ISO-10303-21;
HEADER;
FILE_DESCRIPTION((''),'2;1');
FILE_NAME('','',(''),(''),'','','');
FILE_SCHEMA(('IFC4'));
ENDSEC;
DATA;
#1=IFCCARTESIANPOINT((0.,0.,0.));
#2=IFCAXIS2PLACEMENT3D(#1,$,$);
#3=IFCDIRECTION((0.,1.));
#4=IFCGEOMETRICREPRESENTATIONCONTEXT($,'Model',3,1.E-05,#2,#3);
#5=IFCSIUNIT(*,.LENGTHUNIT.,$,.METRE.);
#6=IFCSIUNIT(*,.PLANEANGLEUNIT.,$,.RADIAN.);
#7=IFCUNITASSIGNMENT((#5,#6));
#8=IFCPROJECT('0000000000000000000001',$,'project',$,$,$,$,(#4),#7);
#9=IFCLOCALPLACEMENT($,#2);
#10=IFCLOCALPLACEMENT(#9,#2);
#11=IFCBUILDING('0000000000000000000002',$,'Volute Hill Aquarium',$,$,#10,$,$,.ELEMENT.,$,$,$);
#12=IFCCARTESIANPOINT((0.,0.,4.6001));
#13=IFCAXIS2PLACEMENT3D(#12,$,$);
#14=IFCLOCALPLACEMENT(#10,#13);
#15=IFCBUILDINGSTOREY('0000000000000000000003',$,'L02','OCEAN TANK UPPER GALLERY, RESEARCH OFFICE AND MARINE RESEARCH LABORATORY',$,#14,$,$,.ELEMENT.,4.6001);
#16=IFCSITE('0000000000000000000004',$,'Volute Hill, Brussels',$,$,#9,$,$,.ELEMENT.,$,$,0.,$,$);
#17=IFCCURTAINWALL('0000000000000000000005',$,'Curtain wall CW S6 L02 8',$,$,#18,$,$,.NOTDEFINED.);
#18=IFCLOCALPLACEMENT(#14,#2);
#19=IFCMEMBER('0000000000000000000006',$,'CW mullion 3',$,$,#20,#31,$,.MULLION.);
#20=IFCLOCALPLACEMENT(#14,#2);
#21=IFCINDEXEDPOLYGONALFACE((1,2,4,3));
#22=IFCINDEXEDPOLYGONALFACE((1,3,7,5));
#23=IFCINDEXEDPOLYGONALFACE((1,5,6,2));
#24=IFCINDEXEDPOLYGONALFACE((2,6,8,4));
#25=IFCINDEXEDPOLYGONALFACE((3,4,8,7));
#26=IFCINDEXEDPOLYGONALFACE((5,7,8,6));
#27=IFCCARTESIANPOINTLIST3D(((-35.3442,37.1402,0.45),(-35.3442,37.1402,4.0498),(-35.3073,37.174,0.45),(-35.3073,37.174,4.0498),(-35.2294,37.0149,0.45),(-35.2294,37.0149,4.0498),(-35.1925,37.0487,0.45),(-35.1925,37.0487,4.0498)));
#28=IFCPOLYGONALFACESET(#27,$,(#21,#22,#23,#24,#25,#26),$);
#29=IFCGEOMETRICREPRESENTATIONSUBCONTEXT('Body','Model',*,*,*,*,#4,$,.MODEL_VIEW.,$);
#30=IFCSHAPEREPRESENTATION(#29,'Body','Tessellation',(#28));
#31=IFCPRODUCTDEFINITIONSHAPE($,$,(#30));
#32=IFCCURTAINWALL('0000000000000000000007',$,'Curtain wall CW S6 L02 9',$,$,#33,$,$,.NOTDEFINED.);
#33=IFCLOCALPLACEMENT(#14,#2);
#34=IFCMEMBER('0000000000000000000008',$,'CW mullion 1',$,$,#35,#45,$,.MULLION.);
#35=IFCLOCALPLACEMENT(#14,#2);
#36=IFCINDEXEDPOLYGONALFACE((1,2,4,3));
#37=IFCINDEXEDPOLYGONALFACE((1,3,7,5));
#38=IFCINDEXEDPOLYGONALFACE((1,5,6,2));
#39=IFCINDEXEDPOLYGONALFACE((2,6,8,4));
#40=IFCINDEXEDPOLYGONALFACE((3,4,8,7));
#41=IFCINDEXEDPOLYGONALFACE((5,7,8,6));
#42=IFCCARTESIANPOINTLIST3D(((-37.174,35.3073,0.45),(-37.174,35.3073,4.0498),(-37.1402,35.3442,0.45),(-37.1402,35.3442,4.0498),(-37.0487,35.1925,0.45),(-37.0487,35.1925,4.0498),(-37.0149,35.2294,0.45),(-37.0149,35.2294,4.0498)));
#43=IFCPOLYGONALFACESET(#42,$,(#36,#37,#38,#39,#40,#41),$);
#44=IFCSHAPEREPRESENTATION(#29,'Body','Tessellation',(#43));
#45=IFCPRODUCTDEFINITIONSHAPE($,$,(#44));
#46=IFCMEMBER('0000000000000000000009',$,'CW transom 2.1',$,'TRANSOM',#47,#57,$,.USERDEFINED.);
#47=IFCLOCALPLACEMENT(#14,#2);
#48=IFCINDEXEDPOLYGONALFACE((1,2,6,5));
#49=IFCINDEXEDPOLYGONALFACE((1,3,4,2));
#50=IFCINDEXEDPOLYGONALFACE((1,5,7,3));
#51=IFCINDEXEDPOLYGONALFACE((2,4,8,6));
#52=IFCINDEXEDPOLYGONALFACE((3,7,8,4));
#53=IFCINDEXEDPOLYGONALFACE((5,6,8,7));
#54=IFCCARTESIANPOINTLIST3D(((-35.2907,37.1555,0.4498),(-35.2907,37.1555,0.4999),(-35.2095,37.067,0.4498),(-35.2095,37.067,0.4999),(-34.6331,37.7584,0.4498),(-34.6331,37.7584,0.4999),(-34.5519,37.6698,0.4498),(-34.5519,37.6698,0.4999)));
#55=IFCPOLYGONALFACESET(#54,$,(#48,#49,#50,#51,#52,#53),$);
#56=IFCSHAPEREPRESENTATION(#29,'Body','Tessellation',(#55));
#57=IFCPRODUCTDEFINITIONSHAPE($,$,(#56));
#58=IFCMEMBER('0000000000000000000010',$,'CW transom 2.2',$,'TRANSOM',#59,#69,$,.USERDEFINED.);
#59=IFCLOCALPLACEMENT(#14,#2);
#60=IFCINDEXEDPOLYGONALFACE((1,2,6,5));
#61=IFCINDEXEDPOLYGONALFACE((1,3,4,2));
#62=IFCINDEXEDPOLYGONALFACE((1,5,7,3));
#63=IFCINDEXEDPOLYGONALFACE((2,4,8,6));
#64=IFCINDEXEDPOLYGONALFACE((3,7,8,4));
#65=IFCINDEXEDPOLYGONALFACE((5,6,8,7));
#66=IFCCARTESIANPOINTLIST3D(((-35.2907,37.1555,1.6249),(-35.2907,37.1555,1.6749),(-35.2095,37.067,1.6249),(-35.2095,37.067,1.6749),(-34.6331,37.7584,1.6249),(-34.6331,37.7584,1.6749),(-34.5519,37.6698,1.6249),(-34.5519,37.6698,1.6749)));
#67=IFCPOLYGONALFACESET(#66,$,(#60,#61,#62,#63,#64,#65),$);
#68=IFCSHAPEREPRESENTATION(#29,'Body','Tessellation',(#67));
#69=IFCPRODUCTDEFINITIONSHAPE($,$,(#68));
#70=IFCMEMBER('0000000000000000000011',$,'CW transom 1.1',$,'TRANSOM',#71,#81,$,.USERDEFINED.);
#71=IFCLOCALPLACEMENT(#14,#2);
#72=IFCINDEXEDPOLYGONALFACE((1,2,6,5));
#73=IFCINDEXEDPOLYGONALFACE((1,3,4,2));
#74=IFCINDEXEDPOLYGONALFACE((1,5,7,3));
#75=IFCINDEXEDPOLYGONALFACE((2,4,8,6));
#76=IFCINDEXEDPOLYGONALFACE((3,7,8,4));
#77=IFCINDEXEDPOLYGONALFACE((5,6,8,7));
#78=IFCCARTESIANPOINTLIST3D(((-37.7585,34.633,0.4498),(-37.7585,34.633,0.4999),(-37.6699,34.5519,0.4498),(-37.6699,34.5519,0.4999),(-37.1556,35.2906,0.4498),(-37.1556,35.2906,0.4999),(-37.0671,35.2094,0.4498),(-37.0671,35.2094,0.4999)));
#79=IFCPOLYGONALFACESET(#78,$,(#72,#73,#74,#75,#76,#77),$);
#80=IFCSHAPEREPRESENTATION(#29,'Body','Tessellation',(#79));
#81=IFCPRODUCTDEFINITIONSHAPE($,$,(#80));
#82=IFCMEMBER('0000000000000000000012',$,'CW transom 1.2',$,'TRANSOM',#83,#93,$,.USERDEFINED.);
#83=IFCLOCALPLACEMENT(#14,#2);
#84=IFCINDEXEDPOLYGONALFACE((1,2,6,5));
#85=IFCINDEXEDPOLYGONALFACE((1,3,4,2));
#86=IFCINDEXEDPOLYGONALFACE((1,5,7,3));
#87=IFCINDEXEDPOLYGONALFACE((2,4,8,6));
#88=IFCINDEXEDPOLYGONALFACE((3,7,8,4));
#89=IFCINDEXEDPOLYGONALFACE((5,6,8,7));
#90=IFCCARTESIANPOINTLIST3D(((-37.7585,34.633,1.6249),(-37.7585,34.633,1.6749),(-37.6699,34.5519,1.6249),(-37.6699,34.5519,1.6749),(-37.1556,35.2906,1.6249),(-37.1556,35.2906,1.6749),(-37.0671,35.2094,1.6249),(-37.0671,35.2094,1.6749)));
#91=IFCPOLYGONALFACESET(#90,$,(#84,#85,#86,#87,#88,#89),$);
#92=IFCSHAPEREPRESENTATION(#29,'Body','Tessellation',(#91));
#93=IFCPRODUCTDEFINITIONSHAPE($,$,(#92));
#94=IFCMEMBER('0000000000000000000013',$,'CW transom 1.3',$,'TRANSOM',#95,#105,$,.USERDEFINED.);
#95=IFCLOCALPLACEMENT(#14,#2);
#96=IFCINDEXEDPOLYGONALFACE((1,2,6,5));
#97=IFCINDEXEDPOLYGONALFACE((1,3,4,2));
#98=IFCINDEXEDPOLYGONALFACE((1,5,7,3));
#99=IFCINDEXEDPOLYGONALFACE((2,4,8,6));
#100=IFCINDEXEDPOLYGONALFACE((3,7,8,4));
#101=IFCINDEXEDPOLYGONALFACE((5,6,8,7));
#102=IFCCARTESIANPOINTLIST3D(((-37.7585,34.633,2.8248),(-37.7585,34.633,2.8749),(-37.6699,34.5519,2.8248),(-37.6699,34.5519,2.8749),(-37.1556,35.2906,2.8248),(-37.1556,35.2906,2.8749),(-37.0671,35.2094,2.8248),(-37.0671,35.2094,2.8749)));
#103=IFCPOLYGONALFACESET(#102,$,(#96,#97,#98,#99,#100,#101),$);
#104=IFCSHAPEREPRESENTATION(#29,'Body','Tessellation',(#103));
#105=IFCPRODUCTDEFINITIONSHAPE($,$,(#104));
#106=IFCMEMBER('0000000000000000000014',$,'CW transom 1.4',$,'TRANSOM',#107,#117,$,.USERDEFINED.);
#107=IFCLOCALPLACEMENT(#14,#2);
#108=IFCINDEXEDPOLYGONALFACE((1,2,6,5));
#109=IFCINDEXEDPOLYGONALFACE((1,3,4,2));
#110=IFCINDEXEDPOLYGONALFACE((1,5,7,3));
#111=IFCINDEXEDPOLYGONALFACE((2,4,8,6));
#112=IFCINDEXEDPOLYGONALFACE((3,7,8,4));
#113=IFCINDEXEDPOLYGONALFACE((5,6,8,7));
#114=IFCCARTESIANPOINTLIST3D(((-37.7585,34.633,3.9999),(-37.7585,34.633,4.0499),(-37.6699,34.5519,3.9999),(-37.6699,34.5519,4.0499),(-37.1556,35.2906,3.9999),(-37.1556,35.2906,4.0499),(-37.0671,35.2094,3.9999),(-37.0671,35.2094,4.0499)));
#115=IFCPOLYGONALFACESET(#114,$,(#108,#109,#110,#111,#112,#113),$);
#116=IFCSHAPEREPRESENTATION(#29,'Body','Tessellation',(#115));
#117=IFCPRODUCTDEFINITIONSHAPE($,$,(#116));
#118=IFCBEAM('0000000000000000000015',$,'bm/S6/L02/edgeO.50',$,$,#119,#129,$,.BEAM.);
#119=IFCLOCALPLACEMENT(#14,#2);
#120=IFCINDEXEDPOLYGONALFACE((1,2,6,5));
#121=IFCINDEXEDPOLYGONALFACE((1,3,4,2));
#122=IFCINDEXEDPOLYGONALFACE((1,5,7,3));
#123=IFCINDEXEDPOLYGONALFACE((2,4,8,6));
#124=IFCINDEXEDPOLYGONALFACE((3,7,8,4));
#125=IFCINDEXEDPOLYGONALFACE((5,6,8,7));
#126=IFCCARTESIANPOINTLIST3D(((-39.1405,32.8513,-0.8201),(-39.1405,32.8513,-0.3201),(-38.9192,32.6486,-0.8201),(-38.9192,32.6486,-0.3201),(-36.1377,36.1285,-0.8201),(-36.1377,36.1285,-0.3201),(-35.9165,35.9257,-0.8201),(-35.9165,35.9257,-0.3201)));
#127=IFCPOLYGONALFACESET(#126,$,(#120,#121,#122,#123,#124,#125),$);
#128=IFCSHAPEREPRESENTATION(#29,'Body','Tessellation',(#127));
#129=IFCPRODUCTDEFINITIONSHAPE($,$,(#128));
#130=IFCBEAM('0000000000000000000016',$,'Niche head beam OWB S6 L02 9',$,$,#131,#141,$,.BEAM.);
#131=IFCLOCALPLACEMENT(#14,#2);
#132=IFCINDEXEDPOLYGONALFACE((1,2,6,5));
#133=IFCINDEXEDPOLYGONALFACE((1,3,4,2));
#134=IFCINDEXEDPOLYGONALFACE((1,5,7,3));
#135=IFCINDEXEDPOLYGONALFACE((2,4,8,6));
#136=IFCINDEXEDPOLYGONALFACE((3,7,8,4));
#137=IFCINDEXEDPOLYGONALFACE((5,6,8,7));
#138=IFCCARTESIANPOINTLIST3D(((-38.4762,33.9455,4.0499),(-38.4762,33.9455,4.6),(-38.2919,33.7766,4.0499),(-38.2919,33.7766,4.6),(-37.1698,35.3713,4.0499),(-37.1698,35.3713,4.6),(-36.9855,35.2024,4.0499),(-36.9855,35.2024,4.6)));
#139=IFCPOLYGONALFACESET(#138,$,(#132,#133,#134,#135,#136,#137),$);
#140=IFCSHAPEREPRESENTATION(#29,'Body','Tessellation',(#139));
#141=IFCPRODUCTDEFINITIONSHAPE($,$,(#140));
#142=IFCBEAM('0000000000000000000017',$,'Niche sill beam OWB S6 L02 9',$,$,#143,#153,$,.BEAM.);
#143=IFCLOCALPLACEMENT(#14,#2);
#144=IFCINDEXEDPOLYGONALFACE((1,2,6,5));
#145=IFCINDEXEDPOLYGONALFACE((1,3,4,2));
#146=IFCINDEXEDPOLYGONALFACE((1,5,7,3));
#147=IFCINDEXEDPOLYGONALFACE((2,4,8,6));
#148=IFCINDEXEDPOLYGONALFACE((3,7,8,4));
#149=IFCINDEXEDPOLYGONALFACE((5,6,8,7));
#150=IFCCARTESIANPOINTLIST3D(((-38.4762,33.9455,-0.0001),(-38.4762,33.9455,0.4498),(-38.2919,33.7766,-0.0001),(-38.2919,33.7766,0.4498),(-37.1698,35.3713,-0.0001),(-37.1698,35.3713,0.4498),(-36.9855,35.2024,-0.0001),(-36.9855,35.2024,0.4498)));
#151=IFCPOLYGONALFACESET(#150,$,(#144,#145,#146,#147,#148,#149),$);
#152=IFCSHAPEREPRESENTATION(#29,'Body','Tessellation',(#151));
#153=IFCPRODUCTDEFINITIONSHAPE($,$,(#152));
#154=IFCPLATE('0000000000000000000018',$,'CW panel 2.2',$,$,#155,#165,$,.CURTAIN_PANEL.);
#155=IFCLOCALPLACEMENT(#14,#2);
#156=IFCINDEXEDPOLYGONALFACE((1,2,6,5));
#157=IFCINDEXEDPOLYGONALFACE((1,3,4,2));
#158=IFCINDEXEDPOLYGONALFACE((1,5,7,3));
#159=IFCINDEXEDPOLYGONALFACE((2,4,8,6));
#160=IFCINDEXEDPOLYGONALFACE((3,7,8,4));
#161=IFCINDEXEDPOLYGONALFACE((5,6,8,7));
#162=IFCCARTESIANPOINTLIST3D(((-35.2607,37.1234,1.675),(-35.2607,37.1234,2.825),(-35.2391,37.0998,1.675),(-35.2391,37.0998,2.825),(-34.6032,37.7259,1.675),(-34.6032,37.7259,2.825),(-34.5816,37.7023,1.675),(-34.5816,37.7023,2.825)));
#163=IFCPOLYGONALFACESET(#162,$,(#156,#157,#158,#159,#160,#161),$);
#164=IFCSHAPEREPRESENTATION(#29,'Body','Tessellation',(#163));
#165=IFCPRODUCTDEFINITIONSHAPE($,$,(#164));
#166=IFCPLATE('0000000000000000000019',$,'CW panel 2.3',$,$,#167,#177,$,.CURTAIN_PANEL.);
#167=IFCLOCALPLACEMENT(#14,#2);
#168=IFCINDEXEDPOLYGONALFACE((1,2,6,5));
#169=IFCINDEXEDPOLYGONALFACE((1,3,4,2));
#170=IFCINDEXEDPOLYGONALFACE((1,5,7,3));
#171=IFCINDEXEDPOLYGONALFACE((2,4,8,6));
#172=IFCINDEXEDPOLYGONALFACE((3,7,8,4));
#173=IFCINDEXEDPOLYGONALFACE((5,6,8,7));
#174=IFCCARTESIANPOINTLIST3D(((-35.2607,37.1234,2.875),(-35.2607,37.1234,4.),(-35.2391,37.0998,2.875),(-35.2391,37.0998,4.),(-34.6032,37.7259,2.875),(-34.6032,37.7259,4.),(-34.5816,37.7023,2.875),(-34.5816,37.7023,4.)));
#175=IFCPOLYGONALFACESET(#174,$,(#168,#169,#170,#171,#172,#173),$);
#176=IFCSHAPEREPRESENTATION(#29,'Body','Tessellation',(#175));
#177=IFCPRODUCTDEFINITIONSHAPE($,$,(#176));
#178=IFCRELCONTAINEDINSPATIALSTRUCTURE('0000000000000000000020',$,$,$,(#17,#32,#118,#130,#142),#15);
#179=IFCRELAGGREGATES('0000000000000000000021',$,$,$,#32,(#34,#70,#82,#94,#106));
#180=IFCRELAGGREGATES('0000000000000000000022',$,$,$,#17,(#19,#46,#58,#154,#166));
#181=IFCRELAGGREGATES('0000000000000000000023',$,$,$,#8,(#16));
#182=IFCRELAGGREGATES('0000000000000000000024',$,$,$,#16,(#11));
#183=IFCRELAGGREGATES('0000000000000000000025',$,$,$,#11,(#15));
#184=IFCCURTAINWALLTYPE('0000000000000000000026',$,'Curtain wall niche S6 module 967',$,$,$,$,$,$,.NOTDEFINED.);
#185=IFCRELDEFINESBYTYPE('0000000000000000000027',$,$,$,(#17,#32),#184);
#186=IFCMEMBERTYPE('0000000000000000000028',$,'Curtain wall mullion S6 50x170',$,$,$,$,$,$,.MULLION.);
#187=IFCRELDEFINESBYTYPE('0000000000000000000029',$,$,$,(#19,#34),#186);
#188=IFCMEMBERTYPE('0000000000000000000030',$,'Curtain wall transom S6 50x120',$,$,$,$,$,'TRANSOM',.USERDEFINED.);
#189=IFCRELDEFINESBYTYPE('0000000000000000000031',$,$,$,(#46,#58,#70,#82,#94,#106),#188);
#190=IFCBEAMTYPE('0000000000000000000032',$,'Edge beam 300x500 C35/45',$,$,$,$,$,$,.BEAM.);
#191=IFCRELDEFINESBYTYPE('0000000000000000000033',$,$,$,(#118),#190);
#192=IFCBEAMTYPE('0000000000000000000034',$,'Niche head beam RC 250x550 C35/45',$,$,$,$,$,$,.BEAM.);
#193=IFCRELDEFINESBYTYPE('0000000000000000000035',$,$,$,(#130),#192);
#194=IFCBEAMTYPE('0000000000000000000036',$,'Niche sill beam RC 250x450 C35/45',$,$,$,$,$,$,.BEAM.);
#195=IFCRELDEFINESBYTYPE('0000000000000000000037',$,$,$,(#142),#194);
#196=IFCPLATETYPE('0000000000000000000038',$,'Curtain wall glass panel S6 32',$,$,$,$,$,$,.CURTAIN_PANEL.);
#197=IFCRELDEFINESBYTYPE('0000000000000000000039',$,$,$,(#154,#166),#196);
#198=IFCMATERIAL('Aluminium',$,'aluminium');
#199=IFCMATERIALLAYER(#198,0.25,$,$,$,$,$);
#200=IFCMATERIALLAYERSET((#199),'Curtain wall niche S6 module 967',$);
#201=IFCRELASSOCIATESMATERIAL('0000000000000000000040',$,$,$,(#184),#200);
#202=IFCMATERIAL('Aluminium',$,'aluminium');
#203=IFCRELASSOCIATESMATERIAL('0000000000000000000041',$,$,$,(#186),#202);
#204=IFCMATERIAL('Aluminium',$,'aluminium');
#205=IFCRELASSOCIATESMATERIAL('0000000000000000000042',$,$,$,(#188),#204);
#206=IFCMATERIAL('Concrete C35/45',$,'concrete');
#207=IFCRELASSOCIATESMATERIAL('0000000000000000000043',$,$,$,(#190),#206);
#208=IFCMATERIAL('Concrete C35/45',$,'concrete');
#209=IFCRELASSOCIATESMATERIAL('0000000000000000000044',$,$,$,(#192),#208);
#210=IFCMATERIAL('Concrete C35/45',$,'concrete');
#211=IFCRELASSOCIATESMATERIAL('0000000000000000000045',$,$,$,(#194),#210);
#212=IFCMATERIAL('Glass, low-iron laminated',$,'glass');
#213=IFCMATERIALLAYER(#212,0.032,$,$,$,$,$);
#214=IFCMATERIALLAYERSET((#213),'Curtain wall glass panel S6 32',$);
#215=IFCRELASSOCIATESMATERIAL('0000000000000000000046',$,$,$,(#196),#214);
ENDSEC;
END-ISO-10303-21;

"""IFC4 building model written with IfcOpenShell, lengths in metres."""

from ifc_helpers import new_model, si_unit, direction, frame, origin, origin_2d, place, context, subcontext, project, spatial, rectangle, extrude, material, layer, layer_set, material_profile, profile_set, type_object, element, aggregate, save


model = new_model("IFC4")

# Units and contexts
model_context = context("Model", 3, precision=1e-05, world=origin(), true_north=direction((0.0, 1.0)))
body_context = subcontext(model_context, "Body", "Model", "MODEL_VIEW")
ifc_project = project(units=[si_unit("LENGTHUNIT", "METRE"), si_unit("PLANEANGLEUNIT", "RADIAN")], contexts=[model_context])

# Site, building, storey
site_placement = place(None, origin())
site = spatial("IfcSite", under=ifc_project, at=site_placement, Name="Volute Hill, Brussels", CompositionType="ELEMENT", RefElevation=0.0)
building_placement = place(site_placement, origin())
building = spatial("IfcBuilding", under=site, at=building_placement, Name="Volute Hill Aquarium", CompositionType="ELEMENT")
storey_placement = place(building_placement, frame((0.0, 0.0, 4.6001)))
storey = spatial("IfcBuildingStorey", under=building, at=storey_placement, Name="L02", Description="OCEAN TANK UPPER GALLERY, RESEARCH OFFICE AND MARINE RESEARCH LABORATORY", CompositionType="ELEMENT", Elevation=4.6001)

# Curtain walls, members
ifc_material_1 = material(Name="Aluminium", Category="aluminium")
ifc_layer_1 = layer(ifc_material_1, 0.25)
ifc_layer_set_1 = layer_set([ifc_layer_1], Name="Curtain wall niche S6 module 967")
curtain_wall_type = type_object("IfcCurtainWallType", Name="Curtain wall niche S6 module 967", PredefinedType="NOTDEFINED", material=ifc_layer_set_1)
curtain_wall_1_placement = place(storey_placement, origin())
curtain_wall_1 = element("IfcCurtainWall", 1, at=curtain_wall_1_placement, inside=storey, type_object=curtain_wall_type, Name="Curtain wall CW S6 L02 8", PredefinedType="NOTDEFINED")
ifc_material_2 = material(Name="Aluminium", Category="aluminium")
ifc_material_profile_1 = material_profile(ifc_material_2, rectangle(XDim=0.1699, YDim=0.05, at=origin_2d()), Name="Curtain wall mullion S6 50x170")
ifc_profile_set_1 = profile_set([ifc_material_profile_1], Name="Aluminium")
member_type_1 = type_object("IfcMemberType", Name="Curtain wall mullion S6 50x170", PredefinedType="MULLION", material=ifc_profile_set_1)
member_1_placement = place(storey_placement, frame((-35.2683, 37.0945, 0.45), z_axis=(0.0, 0.0, 1.0), x_axis=(0.675582, -0.737285, 0.0)))
member_1 = element("IfcMember", 2, at=member_1_placement, type_object=member_type_1, Name="CW mullion 3", PredefinedType="MULLION", context=body_context, shape_type="SweptSolid", body=[
    extrude(rectangle(XDim=0.1699, YDim=0.05, at=origin_2d()), origin(), (0.0, 0.0, 1.0), 3.5999),
])
curtain_wall_2_placement = place(storey_placement, origin())
curtain_wall_2 = element("IfcCurtainWall", 3, at=curtain_wall_2_placement, inside=storey, type_object=curtain_wall_type, Name="Curtain wall CW S6 L02 9", PredefinedType="NOTDEFINED")
member_2_placement = place(storey_placement, frame((-37.0945, 35.2683, 0.45), z_axis=(0.0, 0.0, 1.0), x_axis=(0.737285, -0.675582, 0.0)))
member_2 = element("IfcMember", 4, at=member_2_placement, type_object=member_type_1, Name="CW mullion 1", PredefinedType="MULLION", context=body_context, shape_type="SweptSolid", body=[
    extrude(rectangle(XDim=0.1699, YDim=0.05, at=origin_2d()), origin(), (0.0, 0.0, 1.0), 3.5999),
])

# Members
ifc_material_3 = material(Name="Aluminium", Category="aluminium")
ifc_material_profile_2 = material_profile(ifc_material_3, rectangle(XDim=0.1201, YDim=0.05, at=origin_2d()), Name="Curtain wall transom S6 50x120")
ifc_profile_set_2 = profile_set([ifc_material_profile_2], Name="Aluminium")
member_type_2 = type_object("IfcMemberType", Name="Curtain wall transom S6 50x120", ElementType="TRANSOM", PredefinedType="USERDEFINED", material=ifc_profile_set_2)
member_3_placement = place(storey_placement, frame((-34.5925, 37.7141, 0.4749), z_axis=(-0.737097, -0.675787, 0.0), x_axis=(0.675787, -0.737097, 0.0)))
member_3 = element("IfcMember", 5, at=member_3_placement, type_object=member_type_2, Name="CW transom 2.1", ObjectType="TRANSOM", PredefinedType="USERDEFINED", context=body_context, shape_type="SweptSolid", body=[
    extrude(rectangle(XDim=0.1201, YDim=0.05, at=origin_2d()), origin(), (0.0, 0.0, 1.0), 0.8921),
])
member_4_placement = place(storey_placement, frame((-34.5925, 37.7141, 1.6499), z_axis=(-0.737097, -0.675787, 0.0), x_axis=(0.675787, -0.737097, 0.0)))
member_4 = element("IfcMember", 6, at=member_4_placement, type_object=member_type_2, Name="CW transom 2.2", ObjectType="TRANSOM", PredefinedType="USERDEFINED", context=body_context, shape_type="SweptSolid", body=[
    extrude(rectangle(XDim=0.1201, YDim=0.05, at=origin_2d()), origin(), (0.0, 0.0, 1.0), 0.8921),
])
member_5_placement = place(storey_placement, frame((-37.1113, 35.25, 0.4749), z_axis=(-0.675787, -0.737097, 0.0), x_axis=(0.737097, -0.675787, 0.0)))
member_5 = element("IfcMember", 7, at=member_5_placement, type_object=member_type_2, Name="CW transom 1.1", ObjectType="TRANSOM", PredefinedType="USERDEFINED", context=body_context, shape_type="SweptSolid", body=[
    extrude(rectangle(XDim=0.1201, YDim=0.05, at=origin_2d()), origin(), (0.0, 0.0, 1.0), 0.8921),
])
member_6_placement = place(storey_placement, frame((-37.1113, 35.25, 1.6499), z_axis=(-0.675787, -0.737097, 0.0), x_axis=(0.737097, -0.675787, 0.0)))
member_6 = element("IfcMember", 8, at=member_6_placement, type_object=member_type_2, Name="CW transom 1.2", ObjectType="TRANSOM", PredefinedType="USERDEFINED", context=body_context, shape_type="SweptSolid", body=[
    extrude(rectangle(XDim=0.1201, YDim=0.05, at=origin_2d()), origin(), (0.0, 0.0, 1.0), 0.8921),
])
member_7_placement = place(storey_placement, frame((-37.1113, 35.25, 2.8499), z_axis=(-0.675787, -0.737097, 0.0), x_axis=(0.737097, -0.675787, 0.0)))
member_7 = element("IfcMember", 9, at=member_7_placement, type_object=member_type_2, Name="CW transom 1.3", ObjectType="TRANSOM", PredefinedType="USERDEFINED", context=body_context, shape_type="SweptSolid", body=[
    extrude(rectangle(XDim=0.1201, YDim=0.05, at=origin_2d()), origin(), (0.0, 0.0, 1.0), 0.8921),
])
member_8_placement = place(storey_placement, frame((-37.1113, 35.25, 4.0249), z_axis=(-0.675787, -0.737097, 0.0), x_axis=(0.737097, -0.675787, 0.0)))
member_8 = element("IfcMember", 10, at=member_8_placement, type_object=member_type_2, Name="CW transom 1.4", ObjectType="TRANSOM", PredefinedType="USERDEFINED", context=body_context, shape_type="SweptSolid", body=[
    extrude(rectangle(XDim=0.1201, YDim=0.05, at=origin_2d()), origin(), (0.0, 0.0, 1.0), 0.8921),
])

# Beams
ifc_material_4 = material(Name="Concrete C35/45", Category="concrete")
ifc_material_profile_3 = material_profile(ifc_material_4, rectangle(XDim=0.3, YDim=0.5, at=origin_2d()), Name="RC edge beam 300x500")
ifc_profile_set_3 = profile_set([ifc_material_profile_3], Name="Concrete C35/45")
beam_type_1 = type_object("IfcBeamType", Name="Edge beam 300x500 C35/45", PredefinedType="BEAM", material=ifc_profile_set_3)
beam_1_placement = place(storey_placement, frame((-36.0271, 36.0271, -0.5701), z_axis=(-0.675563, -0.737302, 0.0), x_axis=(0.737302, -0.675563, 0.0)))
element("IfcBeam", 11, at=beam_1_placement, inside=storey, type_object=beam_type_1, Name="bm/S6/L02/edgeO.50", PredefinedType="BEAM", context=body_context, shape_type="SweptSolid", body=[
    extrude(rectangle(XDim=0.3, YDim=0.5, at=origin_2d()), origin(), (0.0, 0.0, 1.0), 4.4448),
])
ifc_material_5 = material(Name="Concrete C35/45", Category="concrete")
ifc_material_profile_4 = material_profile(ifc_material_5, rectangle(XDim=0.25, YDim=0.55, at=origin_2d()), Name="RC beam 250x550")
ifc_profile_set_4 = profile_set([ifc_material_profile_4], Name="Concrete C35/45")
beam_type_2 = type_object("IfcBeamType", Name="Niche head beam RC 250x550 C35/45", PredefinedType="BEAM", material=ifc_profile_set_4)
beam_2_placement = place(storey_placement, frame((-37.0776, 35.2869, 4.325), z_axis=(-0.675565, -0.737301, 0.0), x_axis=(0.737301, -0.675565, 0.0)))
element("IfcBeam", 12, at=beam_2_placement, inside=storey, type_object=beam_type_2, Name="Niche head beam OWB S6 L02 9", PredefinedType="BEAM", context=body_context, shape_type="SweptSolid", body=[
    extrude(rectangle(XDim=0.25, YDim=0.55, at=origin_2d()), origin(), (0.0, 0.0, 1.0), 1.9338),
])
ifc_material_6 = material(Name="Concrete C35/45", Category="concrete")
ifc_material_profile_5 = material_profile(ifc_material_6, rectangle(XDim=0.25, YDim=0.45, at=origin_2d()), Name="RC beam 250x450")
ifc_profile_set_5 = profile_set([ifc_material_profile_5], Name="Concrete C35/45")
beam_type_3 = type_object("IfcBeamType", Name="Niche sill beam RC 250x450 C35/45", PredefinedType="BEAM", material=ifc_profile_set_5)
beam_3_placement = place(storey_placement, frame((-37.0776, 35.2869, 0.2249), z_axis=(-0.675565, -0.737301, 0.0), x_axis=(0.737301, -0.675565, 0.0)))
element("IfcBeam", 13, at=beam_3_placement, inside=storey, type_object=beam_type_3, Name="Niche sill beam OWB S6 L02 9", PredefinedType="BEAM", context=body_context, shape_type="SweptSolid", body=[
    extrude(rectangle(XDim=0.25, YDim=0.45, at=origin_2d()), origin(), (0.0, 0.0, 1.0), 1.9338),
])

# Plates
ifc_material_7 = material(Name="Glass, low-iron laminated", Category="glass")
ifc_layer_2 = layer(ifc_material_7, 0.032)
ifc_layer_set_2 = layer_set([ifc_layer_2], Name="Curtain wall glass panel S6 32")
plate_type_1 = type_object("IfcPlateType", Name="Curtain wall glass panel S6 32", PredefinedType="CURTAIN_PANEL", material=ifc_layer_set_2)
plate_1_placement = place(storey_placement, frame((-34.9211, 37.4128, 1.675), z_axis=(0.0, 0.0, 1.0), x_axis=(-0.737285, -0.675582, 0.0)))
plate_1 = element("IfcPlate", 14, at=plate_1_placement, type_object=plate_type_1, Name="CW panel 2.2", PredefinedType="CURTAIN_PANEL", context=body_context, shape_type="SweptSolid", body=[
    extrude(rectangle(XDim=0.8918, YDim=0.032, at=origin_2d()), origin(), (0.0, 0.0, 1.0), 1.1499),
])
plate_2_placement = place(storey_placement, frame((-34.9211, 37.4128, 2.875), z_axis=(0.0, 0.0, 1.0), x_axis=(-0.737285, -0.675582, 0.0)))
plate_2 = element("IfcPlate", 15, at=plate_2_placement, type_object=plate_type_1, Name="CW panel 2.3", PredefinedType="CURTAIN_PANEL", context=body_context, shape_type="SweptSolid", body=[
    extrude(rectangle(XDim=0.8918, YDim=0.032, at=origin_2d()), origin(), (0.0, 0.0, 1.0), 1.125),
])
aggregate(curtain_wall_2, [member_2, member_5, member_6, member_7, member_8])
aggregate(curtain_wall_1, [member_1, member_3, member_4, plate_1, plate_2])

save(model, "model.ifc")
